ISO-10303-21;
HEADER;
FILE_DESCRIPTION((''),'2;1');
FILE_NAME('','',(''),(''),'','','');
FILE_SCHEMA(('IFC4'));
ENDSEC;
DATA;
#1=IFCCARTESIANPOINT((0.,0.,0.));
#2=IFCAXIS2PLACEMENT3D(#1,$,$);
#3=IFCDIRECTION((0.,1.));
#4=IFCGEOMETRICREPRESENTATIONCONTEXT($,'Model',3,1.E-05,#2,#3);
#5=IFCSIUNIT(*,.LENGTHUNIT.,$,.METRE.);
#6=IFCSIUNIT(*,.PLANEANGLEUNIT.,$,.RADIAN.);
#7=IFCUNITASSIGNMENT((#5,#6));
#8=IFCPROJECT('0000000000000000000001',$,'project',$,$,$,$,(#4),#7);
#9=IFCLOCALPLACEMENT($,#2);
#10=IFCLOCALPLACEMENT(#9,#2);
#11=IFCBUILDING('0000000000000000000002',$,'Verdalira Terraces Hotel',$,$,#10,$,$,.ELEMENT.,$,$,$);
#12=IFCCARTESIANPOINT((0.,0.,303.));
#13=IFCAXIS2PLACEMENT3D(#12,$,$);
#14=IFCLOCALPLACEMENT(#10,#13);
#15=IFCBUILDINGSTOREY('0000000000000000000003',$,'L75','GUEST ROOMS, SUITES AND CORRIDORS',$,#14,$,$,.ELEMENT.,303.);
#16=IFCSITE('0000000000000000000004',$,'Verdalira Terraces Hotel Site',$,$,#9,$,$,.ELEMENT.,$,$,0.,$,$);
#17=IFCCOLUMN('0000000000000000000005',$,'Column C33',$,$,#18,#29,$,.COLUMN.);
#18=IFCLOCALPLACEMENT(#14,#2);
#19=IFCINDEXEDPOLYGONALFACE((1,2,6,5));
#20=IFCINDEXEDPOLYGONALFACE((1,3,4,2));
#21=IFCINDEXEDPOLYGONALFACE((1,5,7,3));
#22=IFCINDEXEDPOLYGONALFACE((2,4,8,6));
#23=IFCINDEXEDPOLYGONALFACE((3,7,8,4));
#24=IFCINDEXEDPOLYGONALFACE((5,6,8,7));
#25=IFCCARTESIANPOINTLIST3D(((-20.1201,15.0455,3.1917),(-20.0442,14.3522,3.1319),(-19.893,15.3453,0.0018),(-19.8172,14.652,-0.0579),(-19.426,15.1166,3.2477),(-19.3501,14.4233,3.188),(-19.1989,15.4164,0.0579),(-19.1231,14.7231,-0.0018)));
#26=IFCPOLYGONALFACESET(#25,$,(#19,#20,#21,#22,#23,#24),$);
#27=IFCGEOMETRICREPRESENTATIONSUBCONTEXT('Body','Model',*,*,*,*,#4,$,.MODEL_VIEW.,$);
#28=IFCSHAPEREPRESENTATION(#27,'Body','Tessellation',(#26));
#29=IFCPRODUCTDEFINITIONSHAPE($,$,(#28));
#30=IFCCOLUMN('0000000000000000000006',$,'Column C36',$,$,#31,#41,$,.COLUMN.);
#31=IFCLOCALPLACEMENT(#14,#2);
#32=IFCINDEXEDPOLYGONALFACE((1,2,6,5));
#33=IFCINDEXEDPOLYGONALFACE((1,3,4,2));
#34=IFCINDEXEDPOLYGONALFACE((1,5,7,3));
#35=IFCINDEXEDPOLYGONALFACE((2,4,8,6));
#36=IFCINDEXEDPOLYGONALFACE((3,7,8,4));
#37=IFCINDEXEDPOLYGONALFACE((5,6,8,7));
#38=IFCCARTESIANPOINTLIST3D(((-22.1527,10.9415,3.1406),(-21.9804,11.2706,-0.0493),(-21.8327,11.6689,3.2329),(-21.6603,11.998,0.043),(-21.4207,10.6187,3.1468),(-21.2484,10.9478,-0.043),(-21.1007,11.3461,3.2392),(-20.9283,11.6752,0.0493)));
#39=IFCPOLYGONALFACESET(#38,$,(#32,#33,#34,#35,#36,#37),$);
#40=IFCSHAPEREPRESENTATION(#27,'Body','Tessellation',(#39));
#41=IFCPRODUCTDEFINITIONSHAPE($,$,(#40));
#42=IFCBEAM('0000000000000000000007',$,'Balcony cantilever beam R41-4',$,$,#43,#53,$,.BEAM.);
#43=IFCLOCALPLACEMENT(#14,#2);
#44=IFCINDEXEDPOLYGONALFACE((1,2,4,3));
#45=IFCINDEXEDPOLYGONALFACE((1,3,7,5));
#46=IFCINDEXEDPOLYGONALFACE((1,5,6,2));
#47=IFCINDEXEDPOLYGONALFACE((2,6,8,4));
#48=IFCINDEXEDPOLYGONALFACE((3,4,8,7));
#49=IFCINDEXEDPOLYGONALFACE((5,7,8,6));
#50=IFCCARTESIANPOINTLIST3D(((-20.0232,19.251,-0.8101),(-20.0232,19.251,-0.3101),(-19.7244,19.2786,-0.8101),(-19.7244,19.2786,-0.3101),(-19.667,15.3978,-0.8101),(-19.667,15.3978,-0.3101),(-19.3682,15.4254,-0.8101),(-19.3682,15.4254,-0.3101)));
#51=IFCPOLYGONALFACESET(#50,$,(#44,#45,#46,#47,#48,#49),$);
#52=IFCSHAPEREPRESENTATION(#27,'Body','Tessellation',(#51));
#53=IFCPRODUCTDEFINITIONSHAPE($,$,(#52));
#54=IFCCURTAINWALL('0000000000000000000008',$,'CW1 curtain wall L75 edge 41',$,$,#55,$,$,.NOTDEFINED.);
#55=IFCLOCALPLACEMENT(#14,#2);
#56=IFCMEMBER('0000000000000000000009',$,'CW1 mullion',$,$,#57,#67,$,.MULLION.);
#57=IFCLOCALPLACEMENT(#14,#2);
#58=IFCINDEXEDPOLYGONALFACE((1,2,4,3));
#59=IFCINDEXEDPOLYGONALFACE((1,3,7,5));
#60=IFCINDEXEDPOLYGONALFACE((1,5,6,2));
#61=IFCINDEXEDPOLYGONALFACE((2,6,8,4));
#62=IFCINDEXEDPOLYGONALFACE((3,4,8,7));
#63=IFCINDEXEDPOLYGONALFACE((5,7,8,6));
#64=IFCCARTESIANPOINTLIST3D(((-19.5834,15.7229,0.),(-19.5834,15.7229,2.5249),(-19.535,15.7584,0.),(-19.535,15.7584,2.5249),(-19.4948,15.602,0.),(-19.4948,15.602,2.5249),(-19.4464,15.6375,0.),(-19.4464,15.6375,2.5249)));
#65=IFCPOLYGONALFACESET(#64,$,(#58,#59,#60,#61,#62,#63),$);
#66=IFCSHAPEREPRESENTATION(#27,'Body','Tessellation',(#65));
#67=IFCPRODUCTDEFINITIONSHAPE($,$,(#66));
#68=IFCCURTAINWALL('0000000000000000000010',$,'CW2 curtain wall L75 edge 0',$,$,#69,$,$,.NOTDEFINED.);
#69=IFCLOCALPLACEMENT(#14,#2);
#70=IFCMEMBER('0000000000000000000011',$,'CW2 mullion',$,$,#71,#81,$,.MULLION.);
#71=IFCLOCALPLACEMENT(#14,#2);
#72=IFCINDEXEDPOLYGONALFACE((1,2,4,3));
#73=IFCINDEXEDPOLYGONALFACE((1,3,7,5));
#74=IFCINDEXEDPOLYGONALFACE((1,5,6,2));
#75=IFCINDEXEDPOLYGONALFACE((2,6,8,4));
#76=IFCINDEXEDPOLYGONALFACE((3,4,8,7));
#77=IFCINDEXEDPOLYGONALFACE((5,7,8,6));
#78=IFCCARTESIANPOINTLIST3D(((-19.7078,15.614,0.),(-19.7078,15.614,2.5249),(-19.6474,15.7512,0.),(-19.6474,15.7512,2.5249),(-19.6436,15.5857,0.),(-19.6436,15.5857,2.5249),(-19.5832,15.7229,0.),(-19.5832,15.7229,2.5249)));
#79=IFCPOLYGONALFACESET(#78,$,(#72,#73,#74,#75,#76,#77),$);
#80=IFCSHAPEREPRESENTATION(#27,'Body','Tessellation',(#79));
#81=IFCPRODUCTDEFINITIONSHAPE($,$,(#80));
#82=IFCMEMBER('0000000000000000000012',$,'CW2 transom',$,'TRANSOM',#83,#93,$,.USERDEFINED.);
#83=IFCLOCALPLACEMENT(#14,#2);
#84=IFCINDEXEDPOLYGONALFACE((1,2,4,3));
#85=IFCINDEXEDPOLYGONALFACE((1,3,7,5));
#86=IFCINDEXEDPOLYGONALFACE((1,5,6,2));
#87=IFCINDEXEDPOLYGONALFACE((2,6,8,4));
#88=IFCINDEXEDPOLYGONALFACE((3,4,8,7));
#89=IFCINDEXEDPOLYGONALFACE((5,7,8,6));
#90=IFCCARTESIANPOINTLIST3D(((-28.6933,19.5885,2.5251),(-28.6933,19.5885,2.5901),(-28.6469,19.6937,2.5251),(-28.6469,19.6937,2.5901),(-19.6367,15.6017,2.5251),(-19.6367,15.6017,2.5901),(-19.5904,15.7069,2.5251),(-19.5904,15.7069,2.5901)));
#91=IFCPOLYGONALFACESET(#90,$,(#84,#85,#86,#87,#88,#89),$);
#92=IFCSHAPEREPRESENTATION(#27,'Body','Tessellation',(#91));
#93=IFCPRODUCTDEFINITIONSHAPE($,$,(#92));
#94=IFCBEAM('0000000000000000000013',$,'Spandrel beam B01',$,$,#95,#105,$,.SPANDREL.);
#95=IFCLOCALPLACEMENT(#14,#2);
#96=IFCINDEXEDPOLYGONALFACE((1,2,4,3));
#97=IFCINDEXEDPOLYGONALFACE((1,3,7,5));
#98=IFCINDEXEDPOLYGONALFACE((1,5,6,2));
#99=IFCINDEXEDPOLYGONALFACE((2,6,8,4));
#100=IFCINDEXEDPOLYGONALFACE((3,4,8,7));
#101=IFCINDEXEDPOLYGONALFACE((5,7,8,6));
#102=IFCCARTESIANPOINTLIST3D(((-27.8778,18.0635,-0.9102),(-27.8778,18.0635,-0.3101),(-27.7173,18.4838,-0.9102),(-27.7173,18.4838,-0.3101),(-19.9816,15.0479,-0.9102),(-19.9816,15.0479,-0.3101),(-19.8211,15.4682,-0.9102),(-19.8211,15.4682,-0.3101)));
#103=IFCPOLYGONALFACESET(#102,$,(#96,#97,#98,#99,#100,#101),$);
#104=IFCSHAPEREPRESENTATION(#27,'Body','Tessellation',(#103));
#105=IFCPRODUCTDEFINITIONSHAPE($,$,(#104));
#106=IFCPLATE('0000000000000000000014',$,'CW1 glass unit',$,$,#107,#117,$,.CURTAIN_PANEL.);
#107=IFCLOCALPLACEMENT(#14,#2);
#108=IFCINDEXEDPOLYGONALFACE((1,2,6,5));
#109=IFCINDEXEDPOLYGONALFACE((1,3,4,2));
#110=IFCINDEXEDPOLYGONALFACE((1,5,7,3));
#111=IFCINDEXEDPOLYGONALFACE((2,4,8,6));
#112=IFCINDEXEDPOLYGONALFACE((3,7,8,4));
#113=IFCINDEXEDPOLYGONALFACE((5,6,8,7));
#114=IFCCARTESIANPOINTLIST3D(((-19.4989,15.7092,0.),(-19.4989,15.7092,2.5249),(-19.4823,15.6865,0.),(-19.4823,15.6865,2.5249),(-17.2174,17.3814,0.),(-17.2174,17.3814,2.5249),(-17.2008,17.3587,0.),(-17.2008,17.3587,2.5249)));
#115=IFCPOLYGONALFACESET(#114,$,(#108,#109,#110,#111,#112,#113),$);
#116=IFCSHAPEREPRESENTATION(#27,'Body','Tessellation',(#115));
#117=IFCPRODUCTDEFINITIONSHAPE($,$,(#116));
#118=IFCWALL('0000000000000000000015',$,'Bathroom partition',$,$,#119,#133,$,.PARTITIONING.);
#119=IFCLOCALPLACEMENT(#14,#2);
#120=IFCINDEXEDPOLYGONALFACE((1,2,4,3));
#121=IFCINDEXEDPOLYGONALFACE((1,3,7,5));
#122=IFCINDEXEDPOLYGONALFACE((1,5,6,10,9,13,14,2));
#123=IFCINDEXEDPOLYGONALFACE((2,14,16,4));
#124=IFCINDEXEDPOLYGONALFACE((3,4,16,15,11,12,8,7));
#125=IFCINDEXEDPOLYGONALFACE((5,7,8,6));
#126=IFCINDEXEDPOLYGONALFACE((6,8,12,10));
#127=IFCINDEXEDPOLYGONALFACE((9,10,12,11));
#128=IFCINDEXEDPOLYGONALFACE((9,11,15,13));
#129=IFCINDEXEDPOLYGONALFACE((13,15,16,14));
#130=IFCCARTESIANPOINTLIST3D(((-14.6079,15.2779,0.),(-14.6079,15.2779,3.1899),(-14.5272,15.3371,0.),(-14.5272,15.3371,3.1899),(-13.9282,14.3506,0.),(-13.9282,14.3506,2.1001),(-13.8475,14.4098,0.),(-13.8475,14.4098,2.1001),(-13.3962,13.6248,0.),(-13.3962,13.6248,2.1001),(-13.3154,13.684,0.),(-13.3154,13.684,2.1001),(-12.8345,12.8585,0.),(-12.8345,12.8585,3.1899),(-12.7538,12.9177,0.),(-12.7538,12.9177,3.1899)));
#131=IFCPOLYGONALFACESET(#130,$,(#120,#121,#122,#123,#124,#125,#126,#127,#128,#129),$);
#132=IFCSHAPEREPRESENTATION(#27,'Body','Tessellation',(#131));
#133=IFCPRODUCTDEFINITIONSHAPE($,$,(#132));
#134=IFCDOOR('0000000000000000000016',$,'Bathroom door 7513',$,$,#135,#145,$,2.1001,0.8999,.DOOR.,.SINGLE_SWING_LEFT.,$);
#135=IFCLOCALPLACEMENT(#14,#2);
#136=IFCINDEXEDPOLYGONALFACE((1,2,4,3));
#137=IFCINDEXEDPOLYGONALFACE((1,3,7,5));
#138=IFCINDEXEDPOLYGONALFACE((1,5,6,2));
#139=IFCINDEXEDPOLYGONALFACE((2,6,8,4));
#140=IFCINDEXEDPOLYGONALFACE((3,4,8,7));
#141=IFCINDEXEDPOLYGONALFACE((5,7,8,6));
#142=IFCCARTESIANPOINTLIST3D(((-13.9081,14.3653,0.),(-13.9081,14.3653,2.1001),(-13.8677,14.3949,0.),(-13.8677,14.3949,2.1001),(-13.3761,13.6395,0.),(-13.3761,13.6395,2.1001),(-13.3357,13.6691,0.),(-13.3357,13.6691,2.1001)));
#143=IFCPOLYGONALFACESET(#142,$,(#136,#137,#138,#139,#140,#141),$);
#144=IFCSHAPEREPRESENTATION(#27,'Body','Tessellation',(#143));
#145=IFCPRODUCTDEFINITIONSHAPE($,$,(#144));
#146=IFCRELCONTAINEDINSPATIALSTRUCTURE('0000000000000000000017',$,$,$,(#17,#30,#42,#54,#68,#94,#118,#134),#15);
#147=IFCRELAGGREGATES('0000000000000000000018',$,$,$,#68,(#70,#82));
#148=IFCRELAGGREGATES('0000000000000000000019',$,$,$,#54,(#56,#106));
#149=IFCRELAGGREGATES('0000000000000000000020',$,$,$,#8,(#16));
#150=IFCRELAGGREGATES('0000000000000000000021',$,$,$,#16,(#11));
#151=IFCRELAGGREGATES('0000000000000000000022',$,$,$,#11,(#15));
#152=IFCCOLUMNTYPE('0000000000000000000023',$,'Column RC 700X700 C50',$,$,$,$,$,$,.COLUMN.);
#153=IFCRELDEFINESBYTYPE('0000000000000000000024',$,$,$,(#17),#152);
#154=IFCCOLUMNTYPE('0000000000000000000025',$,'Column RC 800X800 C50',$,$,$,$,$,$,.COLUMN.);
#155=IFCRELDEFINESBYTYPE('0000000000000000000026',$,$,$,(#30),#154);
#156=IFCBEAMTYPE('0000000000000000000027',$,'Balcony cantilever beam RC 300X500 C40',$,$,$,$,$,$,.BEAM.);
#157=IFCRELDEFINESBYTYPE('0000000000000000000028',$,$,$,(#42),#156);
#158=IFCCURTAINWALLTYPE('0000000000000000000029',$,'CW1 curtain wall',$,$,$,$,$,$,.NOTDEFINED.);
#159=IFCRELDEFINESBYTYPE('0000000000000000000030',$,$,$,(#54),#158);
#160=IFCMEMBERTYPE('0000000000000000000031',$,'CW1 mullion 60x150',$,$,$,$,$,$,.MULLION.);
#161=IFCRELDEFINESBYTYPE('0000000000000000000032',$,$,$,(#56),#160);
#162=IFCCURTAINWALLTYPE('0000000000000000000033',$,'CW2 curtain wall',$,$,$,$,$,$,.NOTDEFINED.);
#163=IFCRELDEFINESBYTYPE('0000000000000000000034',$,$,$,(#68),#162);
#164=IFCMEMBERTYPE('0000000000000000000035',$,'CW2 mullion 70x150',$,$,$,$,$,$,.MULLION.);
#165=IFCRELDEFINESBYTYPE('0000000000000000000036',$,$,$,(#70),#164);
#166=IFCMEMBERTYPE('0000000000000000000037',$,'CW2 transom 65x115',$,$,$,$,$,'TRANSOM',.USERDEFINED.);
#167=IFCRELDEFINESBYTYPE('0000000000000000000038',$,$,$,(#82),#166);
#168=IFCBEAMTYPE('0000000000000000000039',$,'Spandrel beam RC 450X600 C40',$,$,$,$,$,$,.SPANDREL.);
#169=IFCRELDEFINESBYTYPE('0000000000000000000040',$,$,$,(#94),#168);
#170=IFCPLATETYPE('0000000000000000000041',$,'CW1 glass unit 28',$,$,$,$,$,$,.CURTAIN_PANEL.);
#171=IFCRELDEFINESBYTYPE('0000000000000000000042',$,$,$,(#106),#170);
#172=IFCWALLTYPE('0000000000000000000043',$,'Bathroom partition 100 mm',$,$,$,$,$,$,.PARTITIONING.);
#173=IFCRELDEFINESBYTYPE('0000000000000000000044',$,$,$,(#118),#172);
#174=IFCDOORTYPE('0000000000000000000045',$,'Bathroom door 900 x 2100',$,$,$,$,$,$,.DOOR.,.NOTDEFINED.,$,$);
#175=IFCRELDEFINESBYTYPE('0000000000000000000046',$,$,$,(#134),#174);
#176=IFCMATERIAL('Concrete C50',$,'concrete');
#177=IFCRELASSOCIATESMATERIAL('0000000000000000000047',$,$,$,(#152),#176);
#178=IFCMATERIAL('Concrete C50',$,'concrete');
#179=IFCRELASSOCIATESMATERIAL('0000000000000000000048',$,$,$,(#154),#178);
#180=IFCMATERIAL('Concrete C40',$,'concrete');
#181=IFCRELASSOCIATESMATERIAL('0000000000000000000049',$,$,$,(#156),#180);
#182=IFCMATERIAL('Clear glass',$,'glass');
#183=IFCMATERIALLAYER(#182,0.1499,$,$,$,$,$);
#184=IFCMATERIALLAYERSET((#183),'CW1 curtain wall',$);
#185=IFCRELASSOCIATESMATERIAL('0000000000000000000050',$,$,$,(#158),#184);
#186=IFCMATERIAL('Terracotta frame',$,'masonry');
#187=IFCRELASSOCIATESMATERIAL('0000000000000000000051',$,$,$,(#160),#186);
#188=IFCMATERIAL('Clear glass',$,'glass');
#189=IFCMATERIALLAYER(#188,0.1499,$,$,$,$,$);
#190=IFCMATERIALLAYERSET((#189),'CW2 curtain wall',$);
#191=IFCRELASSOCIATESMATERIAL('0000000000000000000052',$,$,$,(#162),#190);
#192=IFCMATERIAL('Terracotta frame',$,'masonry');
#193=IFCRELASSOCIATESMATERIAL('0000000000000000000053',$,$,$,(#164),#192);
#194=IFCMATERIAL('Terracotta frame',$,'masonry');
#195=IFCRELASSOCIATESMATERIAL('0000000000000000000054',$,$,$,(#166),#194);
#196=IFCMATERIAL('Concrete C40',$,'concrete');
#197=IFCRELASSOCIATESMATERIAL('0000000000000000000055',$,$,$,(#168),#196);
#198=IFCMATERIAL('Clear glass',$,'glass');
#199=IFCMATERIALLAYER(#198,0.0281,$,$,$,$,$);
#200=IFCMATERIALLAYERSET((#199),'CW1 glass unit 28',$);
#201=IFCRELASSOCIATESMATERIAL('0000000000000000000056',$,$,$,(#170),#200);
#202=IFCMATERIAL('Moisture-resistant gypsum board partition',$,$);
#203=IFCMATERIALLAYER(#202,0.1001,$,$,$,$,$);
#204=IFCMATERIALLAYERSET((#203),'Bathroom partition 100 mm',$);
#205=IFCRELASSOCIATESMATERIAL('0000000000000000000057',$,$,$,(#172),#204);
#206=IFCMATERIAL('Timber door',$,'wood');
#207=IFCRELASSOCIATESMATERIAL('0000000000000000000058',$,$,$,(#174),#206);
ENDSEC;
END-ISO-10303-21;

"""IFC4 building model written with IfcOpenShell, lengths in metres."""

from ifc_helpers import new_model, si_unit, direction, frame, frame_2d, origin, origin_2d, place, context, subcontext, project, spatial, rectangle, extrude, material, layer, layer_set, material_profile, profile_set, type_object, element, fill, aggregate, save


model = new_model("IFC4")

# Units and contexts
model_context = context("Model", 3, precision=1e-05, world=origin(), true_north=direction((0.0, 1.0)))
body_context = subcontext(model_context, "Body", "Model", "MODEL_VIEW")
ifc_project = project(units=[si_unit("LENGTHUNIT", "METRE"), si_unit("PLANEANGLEUNIT", "RADIAN")], contexts=[model_context])

# Site, building, storey
site_placement = place(None, origin())
site = spatial("IfcSite", under=ifc_project, at=site_placement, Name="Verdalira Terraces Hotel Site", CompositionType="ELEMENT", RefElevation=0.0)
building_placement = place(site_placement, origin())
building = spatial("IfcBuilding", under=site, at=building_placement, Name="Verdalira Terraces Hotel", CompositionType="ELEMENT")
storey_placement = place(building_placement, frame((0.0, 0.0, 303.0)))
storey = spatial("IfcBuildingStorey", under=building, at=storey_placement, Name="L75", Description="GUEST ROOMS, SUITES AND CORRIDORS", CompositionType="ELEMENT", Elevation=303.0)

# Columns
ifc_material_1 = material(Name="Concrete C50", Category="concrete")
ifc_material_profile_1 = material_profile(ifc_material_1, rectangle(XDim=0.7, YDim=0.7, at=origin_2d()), Name="RC 700X700")
ifc_profile_set_1 = profile_set([ifc_material_profile_1], Name="Concrete C50")
column_type_1 = type_object("IfcColumnType", Name="Column RC 700X700 C50", PredefinedType="COLUMN", material=ifc_profile_set_1)
column_1_placement = place(storey_placement, frame((-19.5081, 15.0342, 0.0), z_axis=(-0.070688, -0.093338, 0.993122), x_axis=(0.991597, 0.101561, 0.080124)))
element("IfcColumn", 1, at=column_1_placement, inside=storey, type_object=column_type_1, Name="Column C33", PredefinedType="COLUMN", context=body_context, shape_type="SweptSolid", body=[
    extrude(rectangle(XDim=0.7, YDim=0.7, at=origin_2d()), origin(), (0.0, 0.0, 1.0), 3.2119),
])
ifc_material_2 = material(Name="Concrete C50", Category="concrete")
ifc_material_profile_2 = material_profile(ifc_material_2, rectangle(XDim=0.8, YDim=0.8, at=origin_2d()), Name="RC 800X800")
ifc_profile_set_2 = profile_set([ifc_material_profile_2], Name="Concrete C50")
column_type_2 = type_object("IfcColumnType", Name="Column RC 800X800 C50", PredefinedType="COLUMN", material=ifc_profile_set_2)
column_2_placement = place(storey_placement, frame((-21.4543, 11.4729, 0.0), z_axis=(-0.053671, -0.102476, 0.993287), x_axis=(-0.914942, 0.403511, -0.007808)))
element("IfcColumn", 2, at=column_2_placement, inside=storey, type_object=column_type_2, Name="Column C36", PredefinedType="COLUMN", context=body_context, shape_type="SweptSolid", body=[
    extrude(rectangle(XDim=0.8, YDim=0.8, at=origin_2d()), origin(), (0.0, 0.0, 1.0), 3.2114),
])

# Beam
ifc_material_3 = material(Name="Concrete C40", Category="concrete")
ifc_material_profile_3 = material_profile(ifc_material_3, rectangle(XDim=0.3, YDim=0.5, at=origin_2d()), Name="RC 300X500")
ifc_profile_set_3 = profile_set([ifc_material_profile_3], Name="Concrete C40")
beam_type_1 = type_object("IfcBeamType", Name="Balcony cantilever beam RC 300X500 C40", PredefinedType="BEAM", material=ifc_profile_set_3)
beam_1_placement = place(storey_placement, frame((-19.5176, 15.4116, -0.5601), z_axis=(-0.092049, 0.995754, 0.0), x_axis=(-0.995754, -0.092049, 0.0)))
element("IfcBeam", 3, at=beam_1_placement, inside=storey, type_object=beam_type_1, Name="Balcony cantilever beam R41-4", PredefinedType="BEAM", context=body_context, shape_type="SweptSolid", body=[
    extrude(rectangle(XDim=0.3, YDim=0.5, at=origin_2d()), origin(), (0.0, 0.0, 1.0), 3.8696),
])

# Curtain wall, member
ifc_material_4 = material(Name="Clear glass", Category="glass")
ifc_layer_1 = layer(ifc_material_4, 0.1499)
ifc_layer_set_1 = layer_set([ifc_layer_1], Name="CW1 curtain wall")
curtain_wall_type_1 = type_object("IfcCurtainWallType", Name="CW1 curtain wall", PredefinedType="NOTDEFINED", material=ifc_layer_set_1)
curtain_wall_1_placement = place(storey_placement, origin())
curtain_wall_1 = element("IfcCurtainWall", 4, at=curtain_wall_1_placement, inside=storey, type_object=curtain_wall_type_1, Name="CW1 curtain wall L75 edge 41", PredefinedType="NOTDEFINED")
ifc_material_5 = material(Name="Terracotta frame", Category="masonry")
ifc_material_profile_4 = material_profile(ifc_material_5, rectangle(XDim=0.0601, YDim=0.1499, at=origin_2d()), Name="MU 60x150")
ifc_profile_set_4 = profile_set([ifc_material_profile_4], Name="Terracotta frame")
member_type_1 = type_object("IfcMemberType", Name="CW1 mullion 60x150", PredefinedType="MULLION", material=ifc_profile_set_4)
member_1_placement = place(storey_placement, frame((-19.5149, 15.6802, 0.0), z_axis=(0.0, 0.0, 1.0), x_axis=(-0.806548, -0.591169, 0.0)))
member_1 = element("IfcMember", 5, at=member_1_placement, type_object=member_type_1, Name="CW1 mullion", PredefinedType="MULLION", context=body_context, shape_type="SweptSolid", body=[
    extrude(rectangle(XDim=0.0601, YDim=0.1499, at=origin_2d()), origin(), (0.0, 0.0, 1.0), 2.5249),
])

# Curtain wall, members
ifc_material_6 = material(Name="Clear glass", Category="glass")
ifc_layer_2 = layer(ifc_material_6, 0.1499)
ifc_layer_set_2 = layer_set([ifc_layer_2], Name="CW2 curtain wall")
curtain_wall_type_2 = type_object("IfcCurtainWallType", Name="CW2 curtain wall", PredefinedType="NOTDEFINED", material=ifc_layer_set_2)
curtain_wall_2_placement = place(storey_placement, origin())
curtain_wall_2 = element("IfcCurtainWall", 6, at=curtain_wall_2_placement, inside=storey, type_object=curtain_wall_type_2, Name="CW2 curtain wall L75 edge 0", PredefinedType="NOTDEFINED")
ifc_material_7 = material(Name="Terracotta frame", Category="masonry")
ifc_material_profile_5 = material_profile(ifc_material_7, rectangle(XDim=0.0701, YDim=0.1499, at=origin_2d()), Name="MU 70x150")
ifc_profile_set_5 = profile_set([ifc_material_profile_5], Name="Terracotta frame")
member_type_2 = type_object("IfcMemberType", Name="CW2 mullion 70x150", PredefinedType="MULLION", material=ifc_profile_set_5)
member_2_placement = place(storey_placement, frame((-19.6455, 15.6685, 0.0), z_axis=(0.0, 0.0, 1.0), x_axis=(-0.915241, 0.402906, 0.0)))
member_2 = element("IfcMember", 7, at=member_2_placement, type_object=member_type_2, Name="CW2 mullion", PredefinedType="MULLION", context=body_context, shape_type="SweptSolid", body=[
    extrude(rectangle(XDim=0.0701, YDim=0.1499, at=origin_2d()), origin(), (0.0, 0.0, 1.0), 2.5249),
])
ifc_material_8 = material(Name="Terracotta frame", Category="masonry")
ifc_material_profile_6 = material_profile(ifc_material_8, rectangle(XDim=0.115, YDim=0.0649, at=origin_2d()), Name="TR 65x115")
ifc_profile_set_6 = profile_set([ifc_material_profile_6], Name="Terracotta frame")
member_type_3 = type_object("IfcMemberType", Name="CW2 transom 65x115", ElementType="TRANSOM", PredefinedType="USERDEFINED", material=ifc_profile_set_6)
member_3_placement = place(storey_placement, frame((-19.6135, 15.6543, 2.5576), z_axis=(-0.915244, 0.402899, 0.0), x_axis=(-0.402899, -0.915244, 0.0)))
member_3 = element("IfcMember", 8, at=member_3_placement, type_object=member_type_3, Name="CW2 transom", ObjectType="TRANSOM", PredefinedType="USERDEFINED", context=body_context, shape_type="SweptSolid", body=[
    extrude(rectangle(XDim=0.115, YDim=0.0649, at=origin_2d()), origin(), (0.0, 0.0, 1.0), 9.8953),
])
aggregate(curtain_wall_2, [member_2, member_3])

# Beam
ifc_material_9 = material(Name="Concrete C40", Category="concrete")
ifc_material_profile_7 = material_profile(ifc_material_9, rectangle(XDim=0.45, YDim=0.6001, at=origin_2d()), Name="RC 450X600")
ifc_profile_set_7 = profile_set([ifc_material_profile_7], Name="Concrete C40")
beam_type_2 = type_object("IfcBeamType", Name="Spandrel beam RC 450X600 C40", PredefinedType="SPANDREL", material=ifc_profile_set_7)
beam_2_placement = place(storey_placement, frame((-19.9014, 15.2581, -0.6101), z_axis=(-0.934191, 0.356774, 0.0), x_axis=(-0.356774, -0.934191, 0.0)))
element("IfcBeam", 9, at=beam_2_placement, inside=storey, type_object=beam_type_2, Name="Spandrel beam B01", PredefinedType="SPANDREL", context=body_context, shape_type="SweptSolid", body=[
    extrude(rectangle(XDim=0.45, YDim=0.6001, at=origin_2d()), origin(), (0.0, 0.0, 1.0), 8.4524),
])

# Plate
ifc_material_10 = material(Name="Clear glass", Category="glass")
ifc_layer_3 = layer(ifc_material_10, 0.0281)
ifc_layer_set_3 = layer_set([ifc_layer_3], Name="CW1 glass unit 28")
plate_type = type_object("IfcPlateType", Name="CW1 glass unit 28", PredefinedType="CURTAIN_PANEL", material=ifc_layer_set_3)
plate_placement = place(storey_placement, frame((-18.3499, 16.5339, 0.0), z_axis=(0.0, 0.0, 1.0), x_axis=(-0.806548, -0.591169, 0.0)))
plate = element("IfcPlate", 10, at=plate_placement, type_object=plate_type, Name="CW1 glass unit", PredefinedType="CURTAIN_PANEL", context=body_context, shape_type="SweptSolid", body=[
    extrude(rectangle(XDim=2.8286, YDim=0.0281, at=origin_2d()), origin(), (0.0, 0.0, 1.0), 2.5249),
])
aggregate(curtain_wall_1, [member_1, plate])

# Wall, opening, door
ifc_material_11 = material(Name="Moisture-resistant gypsum board partition")
ifc_layer_4 = layer(ifc_material_11, 0.1001)
ifc_layer_set_4 = layer_set([ifc_layer_4], Name="Bathroom partition 100 mm")
wall_type_1 = type_object("IfcWallType", Name="Bathroom partition 100 mm", PredefinedType="PARTITIONING", material=ifc_layer_set_4)
wall_1_placement = place(storey_placement, frame((-14.5676, 15.3076, 0.0), z_axis=(0.0, 0.0, 1.0), x_axis=(0.591187, -0.806534, 0.0)))
wall_1 = element("IfcWall", 11, at=wall_1_placement, inside=storey, type_object=wall_type_1, Name="Bathroom partition", PredefinedType="PARTITIONING", context=body_context, shape_type="SweptSolid", body=[
    extrude(rectangle(XDim=2.9998, YDim=0.1001, at=frame_2d((1.5, 0.0))), origin(), (0.0, 0.0, 1.0), 3.1899),
])
opening_1_placement = place(wall_1_placement, frame((1.1499, 0.0, 0.0)))
opening_1 = element("IfcOpeningElement", 12, at=opening_1_placement, cuts=wall_1, PredefinedType="OPENING", context=body_context, shape_type="SweptSolid", body=[
    extrude(rectangle(XDim=0.8999, YDim=2.1001, at=frame_2d((0.45, 1.05))), frame((0.0, 0.0601, 0.0), z_axis=(0.0, -1.0, 0.0), x_axis=(1.0, 0.0, 0.0)), (0.0, 0.0, 1.0), 0.1201),
])
ifc_material_12 = material(Name="Timber door", Category="wood")
door_type_1 = type_object("IfcDoorType", Name="Bathroom door 900 x 2100", OperationType="NOTDEFINED", PredefinedType="DOOR", material=ifc_material_12)
door_1_placement = place(opening_1_placement, origin())
door_1 = element("IfcDoor", 13, at=door_1_placement, inside=storey, type_object=door_type_1, Name="Bathroom door 7513", OperationType="SINGLE_SWING_LEFT", OverallHeight=2.1001, OverallWidth=0.8999, PredefinedType="DOOR", context=body_context, shape_type="SweptSolid", body=[
    extrude(rectangle(XDim=0.8999, YDim=2.1001, at=frame_2d((0.45, 1.05))), frame((0.0, 0.0249, 0.0), z_axis=(0.0, -1.0, 0.0), x_axis=(1.0, 0.0, 0.0)), (0.0, 0.0, 1.0), 0.05),
])
fill(opening_1, door_1)

save(model, "model.ifc")
